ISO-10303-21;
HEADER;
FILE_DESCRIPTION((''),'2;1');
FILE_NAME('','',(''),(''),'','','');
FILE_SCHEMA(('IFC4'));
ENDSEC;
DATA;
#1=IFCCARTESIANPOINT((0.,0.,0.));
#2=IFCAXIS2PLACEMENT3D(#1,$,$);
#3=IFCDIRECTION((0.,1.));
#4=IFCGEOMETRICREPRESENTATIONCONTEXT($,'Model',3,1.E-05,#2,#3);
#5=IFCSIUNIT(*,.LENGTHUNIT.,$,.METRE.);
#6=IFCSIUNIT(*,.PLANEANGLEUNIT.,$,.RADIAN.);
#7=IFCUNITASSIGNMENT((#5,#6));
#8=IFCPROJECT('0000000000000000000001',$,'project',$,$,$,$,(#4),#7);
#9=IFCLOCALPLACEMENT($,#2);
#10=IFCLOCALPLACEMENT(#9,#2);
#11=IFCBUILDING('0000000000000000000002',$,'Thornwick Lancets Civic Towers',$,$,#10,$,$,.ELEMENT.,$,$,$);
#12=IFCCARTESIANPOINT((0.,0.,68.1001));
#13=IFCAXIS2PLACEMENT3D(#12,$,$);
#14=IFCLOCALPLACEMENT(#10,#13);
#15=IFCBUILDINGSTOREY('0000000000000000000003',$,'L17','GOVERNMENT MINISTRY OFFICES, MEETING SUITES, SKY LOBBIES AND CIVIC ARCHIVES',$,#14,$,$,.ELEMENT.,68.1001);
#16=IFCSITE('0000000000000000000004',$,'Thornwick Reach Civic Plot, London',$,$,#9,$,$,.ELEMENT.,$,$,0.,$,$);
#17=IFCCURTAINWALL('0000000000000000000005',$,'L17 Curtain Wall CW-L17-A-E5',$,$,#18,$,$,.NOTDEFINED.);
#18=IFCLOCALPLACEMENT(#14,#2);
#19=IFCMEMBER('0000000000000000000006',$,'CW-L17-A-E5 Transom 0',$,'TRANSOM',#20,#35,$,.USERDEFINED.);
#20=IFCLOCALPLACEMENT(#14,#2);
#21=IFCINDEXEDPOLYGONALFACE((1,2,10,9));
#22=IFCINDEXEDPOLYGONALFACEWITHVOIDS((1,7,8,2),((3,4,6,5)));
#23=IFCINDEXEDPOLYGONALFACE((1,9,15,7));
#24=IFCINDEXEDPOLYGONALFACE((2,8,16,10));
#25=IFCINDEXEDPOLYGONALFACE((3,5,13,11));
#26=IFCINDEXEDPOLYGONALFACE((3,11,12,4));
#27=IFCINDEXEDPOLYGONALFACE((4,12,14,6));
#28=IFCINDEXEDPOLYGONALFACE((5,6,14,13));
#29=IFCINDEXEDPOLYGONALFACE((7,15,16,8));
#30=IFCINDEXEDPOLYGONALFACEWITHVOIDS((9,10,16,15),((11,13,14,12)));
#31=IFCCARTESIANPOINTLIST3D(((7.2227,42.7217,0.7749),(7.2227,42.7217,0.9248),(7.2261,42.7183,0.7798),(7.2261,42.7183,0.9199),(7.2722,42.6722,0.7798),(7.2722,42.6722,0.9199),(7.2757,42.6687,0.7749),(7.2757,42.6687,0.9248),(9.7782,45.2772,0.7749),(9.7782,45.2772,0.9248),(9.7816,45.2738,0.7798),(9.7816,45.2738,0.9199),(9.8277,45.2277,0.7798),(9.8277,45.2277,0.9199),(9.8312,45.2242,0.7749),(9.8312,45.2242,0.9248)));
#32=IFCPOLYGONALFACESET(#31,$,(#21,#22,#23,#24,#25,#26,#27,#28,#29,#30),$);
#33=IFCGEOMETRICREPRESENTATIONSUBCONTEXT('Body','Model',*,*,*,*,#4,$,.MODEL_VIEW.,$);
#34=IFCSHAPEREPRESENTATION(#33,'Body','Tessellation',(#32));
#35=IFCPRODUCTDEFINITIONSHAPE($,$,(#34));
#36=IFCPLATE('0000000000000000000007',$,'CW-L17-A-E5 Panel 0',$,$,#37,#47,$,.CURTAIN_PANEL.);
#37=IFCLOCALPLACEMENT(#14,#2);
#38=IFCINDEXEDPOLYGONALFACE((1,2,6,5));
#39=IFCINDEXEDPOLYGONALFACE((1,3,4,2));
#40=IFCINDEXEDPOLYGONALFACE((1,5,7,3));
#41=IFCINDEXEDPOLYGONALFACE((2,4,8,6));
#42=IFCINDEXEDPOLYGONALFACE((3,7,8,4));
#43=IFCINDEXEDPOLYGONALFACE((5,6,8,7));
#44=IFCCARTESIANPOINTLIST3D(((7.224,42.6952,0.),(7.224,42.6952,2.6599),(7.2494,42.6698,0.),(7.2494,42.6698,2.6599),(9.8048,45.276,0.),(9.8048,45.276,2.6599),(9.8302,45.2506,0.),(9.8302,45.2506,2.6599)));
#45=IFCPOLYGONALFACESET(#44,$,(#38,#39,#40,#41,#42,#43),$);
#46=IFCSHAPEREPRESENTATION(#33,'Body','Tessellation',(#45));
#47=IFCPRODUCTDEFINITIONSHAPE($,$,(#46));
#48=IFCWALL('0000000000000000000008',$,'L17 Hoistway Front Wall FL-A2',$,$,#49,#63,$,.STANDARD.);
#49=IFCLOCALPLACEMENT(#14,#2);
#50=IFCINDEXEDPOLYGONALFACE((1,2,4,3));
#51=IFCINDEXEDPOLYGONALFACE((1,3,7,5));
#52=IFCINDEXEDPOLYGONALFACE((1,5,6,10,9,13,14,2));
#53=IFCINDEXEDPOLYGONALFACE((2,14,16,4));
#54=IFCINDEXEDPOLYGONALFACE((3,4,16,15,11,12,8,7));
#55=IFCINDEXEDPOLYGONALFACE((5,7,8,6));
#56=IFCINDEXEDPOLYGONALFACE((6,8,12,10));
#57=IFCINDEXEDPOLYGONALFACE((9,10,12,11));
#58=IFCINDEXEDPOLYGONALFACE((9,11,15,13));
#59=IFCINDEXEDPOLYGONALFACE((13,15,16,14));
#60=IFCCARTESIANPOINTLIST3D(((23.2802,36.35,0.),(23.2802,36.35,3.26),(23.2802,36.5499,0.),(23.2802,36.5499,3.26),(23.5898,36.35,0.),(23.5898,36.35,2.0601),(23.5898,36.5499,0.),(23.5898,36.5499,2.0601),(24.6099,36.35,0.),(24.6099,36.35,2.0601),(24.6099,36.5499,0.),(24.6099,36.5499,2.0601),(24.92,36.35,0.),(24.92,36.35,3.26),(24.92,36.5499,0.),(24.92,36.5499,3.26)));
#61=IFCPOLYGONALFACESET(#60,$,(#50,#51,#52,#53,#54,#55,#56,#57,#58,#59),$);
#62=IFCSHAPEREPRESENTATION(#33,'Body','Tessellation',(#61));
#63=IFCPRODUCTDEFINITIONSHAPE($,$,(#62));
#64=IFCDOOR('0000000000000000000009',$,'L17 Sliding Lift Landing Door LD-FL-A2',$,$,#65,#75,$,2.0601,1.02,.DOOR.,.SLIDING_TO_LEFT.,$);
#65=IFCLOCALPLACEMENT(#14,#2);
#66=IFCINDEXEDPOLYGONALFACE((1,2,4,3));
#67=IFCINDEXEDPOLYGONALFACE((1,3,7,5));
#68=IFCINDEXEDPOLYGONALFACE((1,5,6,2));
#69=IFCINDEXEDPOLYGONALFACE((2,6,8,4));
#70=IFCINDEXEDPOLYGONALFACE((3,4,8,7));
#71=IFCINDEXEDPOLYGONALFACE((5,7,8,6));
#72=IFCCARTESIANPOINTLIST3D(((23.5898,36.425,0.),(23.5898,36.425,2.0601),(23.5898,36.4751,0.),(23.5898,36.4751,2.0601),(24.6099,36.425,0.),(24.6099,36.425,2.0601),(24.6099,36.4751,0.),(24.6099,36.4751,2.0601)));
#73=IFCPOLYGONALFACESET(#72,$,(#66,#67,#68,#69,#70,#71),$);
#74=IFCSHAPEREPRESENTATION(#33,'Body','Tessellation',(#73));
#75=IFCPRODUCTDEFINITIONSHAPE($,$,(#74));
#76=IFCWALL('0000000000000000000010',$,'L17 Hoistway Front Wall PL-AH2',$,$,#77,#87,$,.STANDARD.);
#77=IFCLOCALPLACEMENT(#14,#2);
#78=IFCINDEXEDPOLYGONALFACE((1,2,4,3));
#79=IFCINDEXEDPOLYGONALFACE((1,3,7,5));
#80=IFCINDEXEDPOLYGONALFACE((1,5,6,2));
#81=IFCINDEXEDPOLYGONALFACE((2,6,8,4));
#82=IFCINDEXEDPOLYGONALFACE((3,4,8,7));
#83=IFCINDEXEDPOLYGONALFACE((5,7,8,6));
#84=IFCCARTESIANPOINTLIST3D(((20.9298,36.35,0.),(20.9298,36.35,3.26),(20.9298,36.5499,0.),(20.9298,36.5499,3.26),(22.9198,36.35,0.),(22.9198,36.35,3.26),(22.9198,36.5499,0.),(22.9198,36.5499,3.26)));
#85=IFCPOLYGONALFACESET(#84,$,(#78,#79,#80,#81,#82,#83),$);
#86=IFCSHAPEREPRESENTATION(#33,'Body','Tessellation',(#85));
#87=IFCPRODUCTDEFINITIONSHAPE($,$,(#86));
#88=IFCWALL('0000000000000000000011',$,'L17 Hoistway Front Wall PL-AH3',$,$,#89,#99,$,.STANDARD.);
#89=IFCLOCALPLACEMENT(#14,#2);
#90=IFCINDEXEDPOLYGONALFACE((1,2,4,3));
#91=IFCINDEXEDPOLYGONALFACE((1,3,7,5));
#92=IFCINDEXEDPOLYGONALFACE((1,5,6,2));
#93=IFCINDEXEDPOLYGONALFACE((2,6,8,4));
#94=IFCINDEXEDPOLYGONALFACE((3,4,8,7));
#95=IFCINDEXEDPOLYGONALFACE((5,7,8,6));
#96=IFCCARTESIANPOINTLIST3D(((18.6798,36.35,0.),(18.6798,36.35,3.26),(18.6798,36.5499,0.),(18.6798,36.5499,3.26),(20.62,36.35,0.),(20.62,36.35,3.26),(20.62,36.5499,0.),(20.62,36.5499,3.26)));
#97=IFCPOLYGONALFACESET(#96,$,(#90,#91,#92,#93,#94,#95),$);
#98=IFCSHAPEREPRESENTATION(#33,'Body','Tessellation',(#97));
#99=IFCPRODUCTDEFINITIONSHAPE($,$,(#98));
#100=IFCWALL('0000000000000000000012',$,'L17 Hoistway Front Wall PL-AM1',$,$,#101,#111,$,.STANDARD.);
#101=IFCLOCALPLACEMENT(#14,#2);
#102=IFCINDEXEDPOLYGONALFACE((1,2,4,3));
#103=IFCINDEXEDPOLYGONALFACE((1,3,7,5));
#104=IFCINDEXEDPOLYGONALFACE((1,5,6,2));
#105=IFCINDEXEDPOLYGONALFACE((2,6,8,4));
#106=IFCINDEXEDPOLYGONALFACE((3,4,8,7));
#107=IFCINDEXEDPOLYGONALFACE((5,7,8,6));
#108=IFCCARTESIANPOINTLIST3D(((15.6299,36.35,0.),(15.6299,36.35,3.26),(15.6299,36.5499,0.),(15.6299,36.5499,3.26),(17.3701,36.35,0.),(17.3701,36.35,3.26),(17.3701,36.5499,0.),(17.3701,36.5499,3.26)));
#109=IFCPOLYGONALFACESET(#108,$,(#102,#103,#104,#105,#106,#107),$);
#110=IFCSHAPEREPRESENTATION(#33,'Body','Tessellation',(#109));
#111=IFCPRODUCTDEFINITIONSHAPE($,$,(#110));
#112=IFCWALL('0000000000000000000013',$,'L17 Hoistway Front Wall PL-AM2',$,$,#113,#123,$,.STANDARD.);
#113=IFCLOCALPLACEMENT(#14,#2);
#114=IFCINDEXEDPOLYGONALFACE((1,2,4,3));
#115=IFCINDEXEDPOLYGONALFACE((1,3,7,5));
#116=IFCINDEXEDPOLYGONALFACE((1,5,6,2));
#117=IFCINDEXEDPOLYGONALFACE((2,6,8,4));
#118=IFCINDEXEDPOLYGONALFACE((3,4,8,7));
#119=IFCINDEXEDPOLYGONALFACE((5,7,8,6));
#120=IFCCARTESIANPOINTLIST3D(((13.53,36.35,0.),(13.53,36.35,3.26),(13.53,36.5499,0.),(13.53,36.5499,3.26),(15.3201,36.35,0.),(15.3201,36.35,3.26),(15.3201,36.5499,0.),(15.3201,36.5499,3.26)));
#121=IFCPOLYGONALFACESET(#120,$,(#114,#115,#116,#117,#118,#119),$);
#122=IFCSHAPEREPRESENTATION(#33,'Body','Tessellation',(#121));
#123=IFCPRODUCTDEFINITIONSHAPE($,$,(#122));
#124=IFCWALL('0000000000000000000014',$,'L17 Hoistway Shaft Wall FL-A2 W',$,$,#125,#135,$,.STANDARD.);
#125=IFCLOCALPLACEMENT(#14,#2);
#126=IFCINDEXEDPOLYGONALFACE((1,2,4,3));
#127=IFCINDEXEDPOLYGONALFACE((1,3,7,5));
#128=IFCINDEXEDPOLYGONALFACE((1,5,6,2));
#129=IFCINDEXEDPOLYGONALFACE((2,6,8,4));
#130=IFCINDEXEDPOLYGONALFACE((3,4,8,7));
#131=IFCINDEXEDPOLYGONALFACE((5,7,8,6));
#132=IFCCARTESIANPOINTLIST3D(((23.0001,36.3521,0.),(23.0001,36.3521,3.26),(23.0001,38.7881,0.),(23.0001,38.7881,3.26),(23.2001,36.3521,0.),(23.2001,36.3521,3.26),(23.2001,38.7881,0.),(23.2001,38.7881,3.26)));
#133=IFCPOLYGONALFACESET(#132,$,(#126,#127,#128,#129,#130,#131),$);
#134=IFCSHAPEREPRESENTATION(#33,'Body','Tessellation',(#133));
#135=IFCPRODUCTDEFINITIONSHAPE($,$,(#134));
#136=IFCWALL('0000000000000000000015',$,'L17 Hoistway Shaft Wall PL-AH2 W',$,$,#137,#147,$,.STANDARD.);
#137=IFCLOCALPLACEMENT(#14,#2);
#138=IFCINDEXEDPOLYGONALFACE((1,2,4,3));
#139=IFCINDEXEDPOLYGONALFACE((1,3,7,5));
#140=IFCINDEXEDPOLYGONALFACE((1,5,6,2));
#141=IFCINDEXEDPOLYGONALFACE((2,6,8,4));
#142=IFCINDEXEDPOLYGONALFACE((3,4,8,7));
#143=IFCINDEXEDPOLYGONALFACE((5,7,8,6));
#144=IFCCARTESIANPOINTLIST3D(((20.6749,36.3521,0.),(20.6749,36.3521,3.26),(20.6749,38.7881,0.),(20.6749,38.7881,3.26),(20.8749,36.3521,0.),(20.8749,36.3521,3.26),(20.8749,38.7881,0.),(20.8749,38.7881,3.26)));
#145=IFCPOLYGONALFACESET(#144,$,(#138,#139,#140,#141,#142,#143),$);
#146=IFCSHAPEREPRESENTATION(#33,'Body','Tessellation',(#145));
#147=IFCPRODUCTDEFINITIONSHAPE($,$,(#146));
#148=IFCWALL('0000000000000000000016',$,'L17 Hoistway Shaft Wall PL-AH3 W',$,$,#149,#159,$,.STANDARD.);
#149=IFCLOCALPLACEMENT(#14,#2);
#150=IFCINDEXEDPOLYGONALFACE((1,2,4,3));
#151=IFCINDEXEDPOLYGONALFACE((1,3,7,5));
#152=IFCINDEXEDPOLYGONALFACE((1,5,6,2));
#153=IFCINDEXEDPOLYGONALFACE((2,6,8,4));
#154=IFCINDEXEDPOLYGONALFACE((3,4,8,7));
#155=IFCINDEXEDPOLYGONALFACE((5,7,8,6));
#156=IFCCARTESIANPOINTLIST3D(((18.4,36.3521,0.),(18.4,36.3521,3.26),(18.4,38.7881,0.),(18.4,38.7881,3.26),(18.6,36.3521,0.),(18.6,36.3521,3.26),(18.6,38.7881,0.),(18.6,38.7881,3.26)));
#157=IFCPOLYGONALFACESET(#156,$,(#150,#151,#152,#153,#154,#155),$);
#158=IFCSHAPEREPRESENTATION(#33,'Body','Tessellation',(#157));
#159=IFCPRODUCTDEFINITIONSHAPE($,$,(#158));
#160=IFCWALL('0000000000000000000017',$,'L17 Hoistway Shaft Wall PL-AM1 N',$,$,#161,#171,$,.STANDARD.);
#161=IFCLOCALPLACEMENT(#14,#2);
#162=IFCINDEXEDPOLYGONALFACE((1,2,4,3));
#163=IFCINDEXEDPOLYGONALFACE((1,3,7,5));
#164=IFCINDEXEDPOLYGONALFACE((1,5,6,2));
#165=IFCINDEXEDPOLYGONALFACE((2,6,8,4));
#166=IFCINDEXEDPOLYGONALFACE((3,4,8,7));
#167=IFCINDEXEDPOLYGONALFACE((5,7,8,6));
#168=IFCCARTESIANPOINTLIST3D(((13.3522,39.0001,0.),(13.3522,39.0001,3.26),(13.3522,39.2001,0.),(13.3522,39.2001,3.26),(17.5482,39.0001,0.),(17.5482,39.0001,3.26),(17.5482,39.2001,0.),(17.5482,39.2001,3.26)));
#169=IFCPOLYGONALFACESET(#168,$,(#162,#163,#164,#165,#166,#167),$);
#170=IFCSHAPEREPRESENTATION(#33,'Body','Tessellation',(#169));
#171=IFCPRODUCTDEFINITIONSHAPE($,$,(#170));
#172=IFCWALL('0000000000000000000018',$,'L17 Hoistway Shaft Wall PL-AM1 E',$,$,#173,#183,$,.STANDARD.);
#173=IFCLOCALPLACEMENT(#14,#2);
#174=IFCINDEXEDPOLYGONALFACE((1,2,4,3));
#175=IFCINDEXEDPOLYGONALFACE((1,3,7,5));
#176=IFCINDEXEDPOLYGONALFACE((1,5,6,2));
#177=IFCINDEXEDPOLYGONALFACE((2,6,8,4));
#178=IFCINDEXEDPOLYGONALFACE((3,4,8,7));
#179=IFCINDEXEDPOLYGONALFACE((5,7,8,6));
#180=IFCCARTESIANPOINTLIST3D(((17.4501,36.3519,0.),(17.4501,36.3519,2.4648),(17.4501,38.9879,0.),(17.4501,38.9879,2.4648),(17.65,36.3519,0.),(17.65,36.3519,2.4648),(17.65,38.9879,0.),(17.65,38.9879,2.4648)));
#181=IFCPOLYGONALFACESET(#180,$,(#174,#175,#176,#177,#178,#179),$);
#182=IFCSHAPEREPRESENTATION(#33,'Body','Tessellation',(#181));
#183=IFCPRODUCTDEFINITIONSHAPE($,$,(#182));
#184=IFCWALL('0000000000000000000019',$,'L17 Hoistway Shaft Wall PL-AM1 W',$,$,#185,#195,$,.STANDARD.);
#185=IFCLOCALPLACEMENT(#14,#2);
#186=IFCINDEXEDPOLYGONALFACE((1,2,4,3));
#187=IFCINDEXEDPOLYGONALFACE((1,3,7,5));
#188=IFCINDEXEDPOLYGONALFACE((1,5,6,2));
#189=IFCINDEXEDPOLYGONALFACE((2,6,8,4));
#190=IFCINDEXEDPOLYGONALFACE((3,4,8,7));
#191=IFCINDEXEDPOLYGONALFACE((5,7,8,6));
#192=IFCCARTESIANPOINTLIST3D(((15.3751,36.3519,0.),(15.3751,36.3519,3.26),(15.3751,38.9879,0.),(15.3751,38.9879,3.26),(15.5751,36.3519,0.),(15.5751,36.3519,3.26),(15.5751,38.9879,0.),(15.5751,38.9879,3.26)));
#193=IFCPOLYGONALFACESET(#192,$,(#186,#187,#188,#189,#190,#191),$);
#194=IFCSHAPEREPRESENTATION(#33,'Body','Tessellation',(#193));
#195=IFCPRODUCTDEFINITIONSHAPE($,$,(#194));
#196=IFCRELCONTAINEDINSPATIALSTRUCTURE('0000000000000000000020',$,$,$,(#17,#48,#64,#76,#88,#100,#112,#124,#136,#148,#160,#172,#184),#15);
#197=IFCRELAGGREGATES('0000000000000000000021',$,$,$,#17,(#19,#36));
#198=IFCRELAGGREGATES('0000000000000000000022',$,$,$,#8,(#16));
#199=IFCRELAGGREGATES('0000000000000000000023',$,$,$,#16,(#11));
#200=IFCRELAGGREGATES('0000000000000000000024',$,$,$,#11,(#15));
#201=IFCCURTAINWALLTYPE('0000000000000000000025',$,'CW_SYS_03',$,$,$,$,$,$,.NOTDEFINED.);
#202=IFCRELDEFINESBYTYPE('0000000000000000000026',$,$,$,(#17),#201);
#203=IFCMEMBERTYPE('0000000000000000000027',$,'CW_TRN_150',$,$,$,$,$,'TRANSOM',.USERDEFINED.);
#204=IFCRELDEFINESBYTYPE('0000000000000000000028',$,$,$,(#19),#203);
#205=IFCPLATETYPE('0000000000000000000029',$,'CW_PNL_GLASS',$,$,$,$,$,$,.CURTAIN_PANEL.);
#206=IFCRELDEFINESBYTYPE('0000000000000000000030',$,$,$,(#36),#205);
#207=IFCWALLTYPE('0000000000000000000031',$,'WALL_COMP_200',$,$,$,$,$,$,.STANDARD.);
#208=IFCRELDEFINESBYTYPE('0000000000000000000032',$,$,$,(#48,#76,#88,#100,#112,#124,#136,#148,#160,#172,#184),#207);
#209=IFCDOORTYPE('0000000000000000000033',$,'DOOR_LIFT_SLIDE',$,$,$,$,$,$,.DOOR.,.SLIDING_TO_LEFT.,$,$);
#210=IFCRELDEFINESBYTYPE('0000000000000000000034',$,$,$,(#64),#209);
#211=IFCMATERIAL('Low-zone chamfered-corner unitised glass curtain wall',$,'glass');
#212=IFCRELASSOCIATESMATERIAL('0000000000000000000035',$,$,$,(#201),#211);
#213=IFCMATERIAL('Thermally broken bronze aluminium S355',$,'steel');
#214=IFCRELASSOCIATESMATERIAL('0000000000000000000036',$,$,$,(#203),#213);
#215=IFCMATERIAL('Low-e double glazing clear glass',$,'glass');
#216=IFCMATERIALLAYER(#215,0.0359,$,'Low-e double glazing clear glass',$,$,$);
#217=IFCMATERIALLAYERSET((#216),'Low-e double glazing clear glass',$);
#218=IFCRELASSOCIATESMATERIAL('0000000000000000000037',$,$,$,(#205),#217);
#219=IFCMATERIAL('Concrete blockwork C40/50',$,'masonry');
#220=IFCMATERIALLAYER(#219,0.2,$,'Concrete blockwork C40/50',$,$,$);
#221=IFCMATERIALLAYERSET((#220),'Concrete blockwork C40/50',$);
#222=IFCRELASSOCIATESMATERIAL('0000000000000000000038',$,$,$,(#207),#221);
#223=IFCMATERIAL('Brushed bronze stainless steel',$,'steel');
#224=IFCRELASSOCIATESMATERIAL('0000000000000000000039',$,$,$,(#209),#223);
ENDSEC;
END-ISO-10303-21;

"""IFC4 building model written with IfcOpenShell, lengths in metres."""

from ifc_helpers import new_model, si_unit, direction, frame, frame_2d, origin, origin_2d, place, context, subcontext, project, spatial, rectangle, hollow_rectangle, extrude, material, layer, layer_set, material_profile, profile_set, type_object, element, fill, aggregate, save


model = new_model("IFC4")

# Units and contexts
model_context = context("Model", 3, precision=1e-05, world=origin(), true_north=direction((0.0, 1.0)))
body_context = subcontext(model_context, "Body", "Model", "MODEL_VIEW")
ifc_project = project(units=[si_unit("LENGTHUNIT", "METRE"), si_unit("PLANEANGLEUNIT", "RADIAN")], contexts=[model_context])

# Site, building, storey
site_placement = place(None, origin())
site = spatial("IfcSite", under=ifc_project, at=site_placement, Name="Thornwick Reach Civic Plot, London", CompositionType="ELEMENT", RefElevation=0.0)
building_placement = place(site_placement, origin())
building = spatial("IfcBuilding", under=site, at=building_placement, Name="Thornwick Lancets Civic Towers", CompositionType="ELEMENT")
storey_placement = place(building_placement, frame((0.0, 0.0, 68.1001)))
storey = spatial("IfcBuildingStorey", under=building, at=storey_placement, Name="L17", Description="GOVERNMENT MINISTRY OFFICES, MEETING SUITES, SKY LOBBIES AND CIVIC ARCHIVES", CompositionType="ELEMENT", Elevation=68.1001)

# Curtain wall, member, plate
ifc_material_1 = material(Name="Low-zone chamfered-corner unitised glass curtain wall", Category="glass")
curtain_wall_type = type_object("IfcCurtainWallType", Name="CW_SYS_03", PredefinedType="NOTDEFINED", material=ifc_material_1)
curtain_wall_placement = place(storey_placement, origin())
curtain_wall = element("IfcCurtainWall", 1, at=curtain_wall_placement, inside=storey, type_object=curtain_wall_type, Name="L17 Curtain Wall CW-L17-A-E5", PredefinedType="NOTDEFINED")
ifc_material_2 = material(Name="Thermally broken bronze aluminium S355", Category="steel")
ifc_material_profile_1 = material_profile(ifc_material_2, hollow_rectangle(XDim=0.075, YDim=0.1499, WallThickness=0.0049, at=origin_2d()), Name="RHS 150x75x5")
ifc_profile_set_1 = profile_set([ifc_material_profile_1], Name="Thermally broken bronze aluminium S355")
member_type_1 = type_object("IfcMemberType", Name="CW_TRN_150", ElementType="TRANSOM", PredefinedType="USERDEFINED", material=ifc_profile_set_1)
member_1_placement = place(storey_placement, frame((9.8047, 45.2507, 0.8499), z_axis=(-0.707107, -0.707107, 0.0), x_axis=(0.707107, -0.707107, 0.0)))
member_1 = element("IfcMember", 2, at=member_1_placement, type_object=member_type_1, Name="CW-L17-A-E5 Transom 0", ObjectType="TRANSOM", PredefinedType="USERDEFINED", context=body_context, shape_type="SweptSolid", body=[
    extrude(hollow_rectangle(XDim=0.075, YDim=0.1499, WallThickness=0.0049, at=origin_2d()), origin(), (0.0, 0.0, 1.0), 3.614),
])
ifc_material_3 = material(Name="Low-e double glazing clear glass", Category="glass")
ifc_layer_1 = layer(ifc_material_3, 0.0359, Name="Low-e double glazing clear glass")
ifc_layer_set_1 = layer_set([ifc_layer_1], Name="Low-e double glazing clear glass")
plate_type = type_object("IfcPlateType", Name="CW_PNL_GLASS", PredefinedType="CURTAIN_PANEL", material=ifc_layer_set_1)
plate_placement = place(storey_placement, frame((8.5271, 43.9729, 0.0), z_axis=(0.0, 0.0, 1.0), x_axis=(-0.707107, -0.707107, 0.0)))
plate = element("IfcPlate", 3, at=plate_placement, type_object=plate_type, Name="CW-L17-A-E5 Panel 0", PredefinedType="CURTAIN_PANEL", context=body_context, shape_type="SweptSolid", body=[
    extrude(rectangle(XDim=3.6499, YDim=0.0359, at=origin_2d()), origin(), (0.0, 0.0, 1.0), 2.6599),
])
aggregate(curtain_wall, [member_1, plate])

# Wall, opening, door
ifc_material_4 = material(Name="Concrete blockwork C40/50", Category="masonry")
ifc_layer_2 = layer(ifc_material_4, 0.2, Name="Concrete blockwork C40/50")
ifc_layer_set_2 = layer_set([ifc_layer_2], Name="Concrete blockwork C40/50")
wall_type_1 = type_object("IfcWallType", Name="WALL_COMP_200", PredefinedType="STANDARD", material=ifc_layer_set_2)
wall_1_placement = place(storey_placement, frame((24.9199, 36.45, 0.0), z_axis=(0.0, 0.0, 1.0), x_axis=(-1.0, 0.0, 0.0)))
wall_1 = element("IfcWall", 4, at=wall_1_placement, inside=storey, type_object=wall_type_1, Name="L17 Hoistway Front Wall FL-A2", PredefinedType="STANDARD", context=body_context, shape_type="SweptSolid", body=[
    extrude(rectangle(XDim=1.6399, YDim=0.2, at=frame_2d((0.8198, 0.0))), origin(), (0.0, 0.0, 1.0), 3.26),
])
opening_1_placement = place(wall_1_placement, frame((0.3101, 0.0, 0.0)))
opening_1 = element("IfcOpeningElement", 5, at=opening_1_placement, cuts=wall_1, PredefinedType="OPENING", context=body_context, shape_type="SweptSolid", body=[
    extrude(rectangle(XDim=1.02, YDim=2.0601, at=frame_2d((0.51, 1.03))), frame((0.0, 0.1099, 0.0), z_axis=(0.0, -1.0, 0.0), x_axis=(1.0, 0.0, 0.0)), (0.0, 0.0, 1.0), 0.22),
])
ifc_material_5 = material(Name="Brushed bronze stainless steel", Category="steel")
door_type = type_object("IfcDoorType", Name="DOOR_LIFT_SLIDE", OperationType="SLIDING_TO_LEFT", PredefinedType="DOOR", material=ifc_material_5)
door_placement = place(opening_1_placement, origin())
door = element("IfcDoor", 6, at=door_placement, inside=storey, type_object=door_type, Name="L17 Sliding Lift Landing Door LD-FL-A2", OperationType="SLIDING_TO_LEFT", OverallHeight=2.0601, OverallWidth=1.02, PredefinedType="DOOR", context=body_context, shape_type="SweptSolid", body=[
    extrude(rectangle(XDim=1.02, YDim=2.0601, at=frame_2d((0.51, 1.03))), frame((0.0, 0.0249, 0.0), z_axis=(0.0, -1.0, 0.0), x_axis=(1.0, 0.0, 0.0)), (0.0, 0.0, 1.0), 0.05),
])
fill(opening_1, door)

# Walls
wall_2_placement = place(storey_placement, frame((22.9199, 36.45, 0.0), z_axis=(0.0, 0.0, 1.0), x_axis=(-1.0, 0.0, 0.0)))
element("IfcWall", 7, at=wall_2_placement, inside=storey, type_object=wall_type_1, Name="L17 Hoistway Front Wall PL-AH2", PredefinedType="STANDARD", context=body_context, shape_type="SweptSolid", body=[
    extrude(rectangle(XDim=1.99, YDim=0.2, at=frame_2d((0.9951, 0.0))), origin(), (0.0, 0.0, 1.0), 3.26),
])
wall_3_placement = place(storey_placement, frame((20.6201, 36.45, 0.0), z_axis=(0.0, 0.0, 1.0), x_axis=(-1.0, 0.0, 0.0)))
element("IfcWall", 8, at=wall_3_placement, inside=storey, type_object=wall_type_1, Name="L17 Hoistway Front Wall PL-AH3", PredefinedType="STANDARD", context=body_context, shape_type="SweptSolid", body=[
    extrude(rectangle(XDim=1.9402, YDim=0.2, at=frame_2d((0.9702, 0.0))), origin(), (0.0, 0.0, 1.0), 3.26),
])
wall_4_placement = place(storey_placement, frame((17.3701, 36.45, 0.0), z_axis=(0.0, 0.0, 1.0), x_axis=(-1.0, 0.0, 0.0)))
element("IfcWall", 9, at=wall_4_placement, inside=storey, type_object=wall_type_1, Name="L17 Hoistway Front Wall PL-AM1", PredefinedType="STANDARD", context=body_context, shape_type="SweptSolid", body=[
    extrude(rectangle(XDim=1.7402, YDim=0.2, at=frame_2d((0.8701, 0.0))), origin(), (0.0, 0.0, 1.0), 3.26),
])
wall_5_placement = place(storey_placement, frame((15.3201, 36.45, 0.0), z_axis=(0.0, 0.0, 1.0), x_axis=(-1.0, 0.0, 0.0)))
element("IfcWall", 10, at=wall_5_placement, inside=storey, type_object=wall_type_1, Name="L17 Hoistway Front Wall PL-AM2", PredefinedType="STANDARD", context=body_context, shape_type="SweptSolid", body=[
    extrude(rectangle(XDim=1.79, YDim=0.2, at=frame_2d((0.895, 0.0))), origin(), (0.0, 0.0, 1.0), 3.26),
])
for number, where, z_axis, x_axis, name in (
    (11, (23.1001, 36.3521, 0.0), (0.0, 0.0, 1.0), (0.0, 1.0, 0.0), "L17 Hoistway Shaft Wall FL-A2 W"),
    (12, (20.7749, 36.3521, 0.0), (0.0, 0.0, 1.0), (0.0, 1.0, 0.0), "L17 Hoistway Shaft Wall PL-AH2 W"),
    (13, (18.5, 36.3521, 0.0), (0.0, 0.0, 1.0), (0.0, 1.0, 0.0), "L17 Hoistway Shaft Wall PL-AH3 W"),
):
    element("IfcWall", number, at=place(storey_placement, frame(where, z_axis=z_axis, x_axis=x_axis)), inside=storey, type_object=wall_type_1, Name=name, PredefinedType="STANDARD", context=body_context, shape_type="SweptSolid", body=[
        extrude(rectangle(XDim=2.436, YDim=0.2, at=frame_2d((1.218, 0.0))), origin(), (0.0, 0.0, 1.0), 3.26),
    ])
wall_6_placement = place(storey_placement, frame((13.3521, 39.1001, 0.0), z_axis=(0.0, 0.0, 1.0), x_axis=(1.0, 0.0, 0.0)))
element("IfcWall", 14, at=wall_6_placement, inside=storey, type_object=wall_type_1, Name="L17 Hoistway Shaft Wall PL-AM1 N", PredefinedType="STANDARD", context=body_context, shape_type="SweptSolid", body=[
    extrude(rectangle(XDim=4.196, YDim=0.2, at=frame_2d((2.0981, 0.0))), origin(), (0.0, 0.0, 1.0), 3.26),
])
wall_7_placement = place(storey_placement, frame((17.55, 36.3521, 0.0), z_axis=(0.0, 0.0, 1.0), x_axis=(0.0, 1.0, 0.0)))
element("IfcWall", 15, at=wall_7_placement, inside=storey, type_object=wall_type_1, Name="L17 Hoistway Shaft Wall PL-AM1 E", PredefinedType="STANDARD", context=body_context, shape_type="SweptSolid", body=[
    extrude(rectangle(XDim=2.636, YDim=0.2, at=frame_2d((1.3179, 0.0))), origin(), (0.0, 0.0, 1.0), 2.4648),
])
for number, where, z_axis, x_axis, name in (
    (16, (15.4751, 36.3521, 0.0), (0.0, 0.0, 1.0), (0.0, 1.0, 0.0), "L17 Hoistway Shaft Wall PL-AM1 W"),
):
    element("IfcWall", number, at=place(storey_placement, frame(where, z_axis=z_axis, x_axis=x_axis)), inside=storey, type_object=wall_type_1, Name=name, PredefinedType="STANDARD", context=body_context, shape_type="SweptSolid", body=[
        extrude(rectangle(XDim=2.636, YDim=0.2, at=frame_2d((1.3179, 0.0))), origin(), (0.0, 0.0, 1.0), 3.26),
    ])

save(model, "model.ifc")
